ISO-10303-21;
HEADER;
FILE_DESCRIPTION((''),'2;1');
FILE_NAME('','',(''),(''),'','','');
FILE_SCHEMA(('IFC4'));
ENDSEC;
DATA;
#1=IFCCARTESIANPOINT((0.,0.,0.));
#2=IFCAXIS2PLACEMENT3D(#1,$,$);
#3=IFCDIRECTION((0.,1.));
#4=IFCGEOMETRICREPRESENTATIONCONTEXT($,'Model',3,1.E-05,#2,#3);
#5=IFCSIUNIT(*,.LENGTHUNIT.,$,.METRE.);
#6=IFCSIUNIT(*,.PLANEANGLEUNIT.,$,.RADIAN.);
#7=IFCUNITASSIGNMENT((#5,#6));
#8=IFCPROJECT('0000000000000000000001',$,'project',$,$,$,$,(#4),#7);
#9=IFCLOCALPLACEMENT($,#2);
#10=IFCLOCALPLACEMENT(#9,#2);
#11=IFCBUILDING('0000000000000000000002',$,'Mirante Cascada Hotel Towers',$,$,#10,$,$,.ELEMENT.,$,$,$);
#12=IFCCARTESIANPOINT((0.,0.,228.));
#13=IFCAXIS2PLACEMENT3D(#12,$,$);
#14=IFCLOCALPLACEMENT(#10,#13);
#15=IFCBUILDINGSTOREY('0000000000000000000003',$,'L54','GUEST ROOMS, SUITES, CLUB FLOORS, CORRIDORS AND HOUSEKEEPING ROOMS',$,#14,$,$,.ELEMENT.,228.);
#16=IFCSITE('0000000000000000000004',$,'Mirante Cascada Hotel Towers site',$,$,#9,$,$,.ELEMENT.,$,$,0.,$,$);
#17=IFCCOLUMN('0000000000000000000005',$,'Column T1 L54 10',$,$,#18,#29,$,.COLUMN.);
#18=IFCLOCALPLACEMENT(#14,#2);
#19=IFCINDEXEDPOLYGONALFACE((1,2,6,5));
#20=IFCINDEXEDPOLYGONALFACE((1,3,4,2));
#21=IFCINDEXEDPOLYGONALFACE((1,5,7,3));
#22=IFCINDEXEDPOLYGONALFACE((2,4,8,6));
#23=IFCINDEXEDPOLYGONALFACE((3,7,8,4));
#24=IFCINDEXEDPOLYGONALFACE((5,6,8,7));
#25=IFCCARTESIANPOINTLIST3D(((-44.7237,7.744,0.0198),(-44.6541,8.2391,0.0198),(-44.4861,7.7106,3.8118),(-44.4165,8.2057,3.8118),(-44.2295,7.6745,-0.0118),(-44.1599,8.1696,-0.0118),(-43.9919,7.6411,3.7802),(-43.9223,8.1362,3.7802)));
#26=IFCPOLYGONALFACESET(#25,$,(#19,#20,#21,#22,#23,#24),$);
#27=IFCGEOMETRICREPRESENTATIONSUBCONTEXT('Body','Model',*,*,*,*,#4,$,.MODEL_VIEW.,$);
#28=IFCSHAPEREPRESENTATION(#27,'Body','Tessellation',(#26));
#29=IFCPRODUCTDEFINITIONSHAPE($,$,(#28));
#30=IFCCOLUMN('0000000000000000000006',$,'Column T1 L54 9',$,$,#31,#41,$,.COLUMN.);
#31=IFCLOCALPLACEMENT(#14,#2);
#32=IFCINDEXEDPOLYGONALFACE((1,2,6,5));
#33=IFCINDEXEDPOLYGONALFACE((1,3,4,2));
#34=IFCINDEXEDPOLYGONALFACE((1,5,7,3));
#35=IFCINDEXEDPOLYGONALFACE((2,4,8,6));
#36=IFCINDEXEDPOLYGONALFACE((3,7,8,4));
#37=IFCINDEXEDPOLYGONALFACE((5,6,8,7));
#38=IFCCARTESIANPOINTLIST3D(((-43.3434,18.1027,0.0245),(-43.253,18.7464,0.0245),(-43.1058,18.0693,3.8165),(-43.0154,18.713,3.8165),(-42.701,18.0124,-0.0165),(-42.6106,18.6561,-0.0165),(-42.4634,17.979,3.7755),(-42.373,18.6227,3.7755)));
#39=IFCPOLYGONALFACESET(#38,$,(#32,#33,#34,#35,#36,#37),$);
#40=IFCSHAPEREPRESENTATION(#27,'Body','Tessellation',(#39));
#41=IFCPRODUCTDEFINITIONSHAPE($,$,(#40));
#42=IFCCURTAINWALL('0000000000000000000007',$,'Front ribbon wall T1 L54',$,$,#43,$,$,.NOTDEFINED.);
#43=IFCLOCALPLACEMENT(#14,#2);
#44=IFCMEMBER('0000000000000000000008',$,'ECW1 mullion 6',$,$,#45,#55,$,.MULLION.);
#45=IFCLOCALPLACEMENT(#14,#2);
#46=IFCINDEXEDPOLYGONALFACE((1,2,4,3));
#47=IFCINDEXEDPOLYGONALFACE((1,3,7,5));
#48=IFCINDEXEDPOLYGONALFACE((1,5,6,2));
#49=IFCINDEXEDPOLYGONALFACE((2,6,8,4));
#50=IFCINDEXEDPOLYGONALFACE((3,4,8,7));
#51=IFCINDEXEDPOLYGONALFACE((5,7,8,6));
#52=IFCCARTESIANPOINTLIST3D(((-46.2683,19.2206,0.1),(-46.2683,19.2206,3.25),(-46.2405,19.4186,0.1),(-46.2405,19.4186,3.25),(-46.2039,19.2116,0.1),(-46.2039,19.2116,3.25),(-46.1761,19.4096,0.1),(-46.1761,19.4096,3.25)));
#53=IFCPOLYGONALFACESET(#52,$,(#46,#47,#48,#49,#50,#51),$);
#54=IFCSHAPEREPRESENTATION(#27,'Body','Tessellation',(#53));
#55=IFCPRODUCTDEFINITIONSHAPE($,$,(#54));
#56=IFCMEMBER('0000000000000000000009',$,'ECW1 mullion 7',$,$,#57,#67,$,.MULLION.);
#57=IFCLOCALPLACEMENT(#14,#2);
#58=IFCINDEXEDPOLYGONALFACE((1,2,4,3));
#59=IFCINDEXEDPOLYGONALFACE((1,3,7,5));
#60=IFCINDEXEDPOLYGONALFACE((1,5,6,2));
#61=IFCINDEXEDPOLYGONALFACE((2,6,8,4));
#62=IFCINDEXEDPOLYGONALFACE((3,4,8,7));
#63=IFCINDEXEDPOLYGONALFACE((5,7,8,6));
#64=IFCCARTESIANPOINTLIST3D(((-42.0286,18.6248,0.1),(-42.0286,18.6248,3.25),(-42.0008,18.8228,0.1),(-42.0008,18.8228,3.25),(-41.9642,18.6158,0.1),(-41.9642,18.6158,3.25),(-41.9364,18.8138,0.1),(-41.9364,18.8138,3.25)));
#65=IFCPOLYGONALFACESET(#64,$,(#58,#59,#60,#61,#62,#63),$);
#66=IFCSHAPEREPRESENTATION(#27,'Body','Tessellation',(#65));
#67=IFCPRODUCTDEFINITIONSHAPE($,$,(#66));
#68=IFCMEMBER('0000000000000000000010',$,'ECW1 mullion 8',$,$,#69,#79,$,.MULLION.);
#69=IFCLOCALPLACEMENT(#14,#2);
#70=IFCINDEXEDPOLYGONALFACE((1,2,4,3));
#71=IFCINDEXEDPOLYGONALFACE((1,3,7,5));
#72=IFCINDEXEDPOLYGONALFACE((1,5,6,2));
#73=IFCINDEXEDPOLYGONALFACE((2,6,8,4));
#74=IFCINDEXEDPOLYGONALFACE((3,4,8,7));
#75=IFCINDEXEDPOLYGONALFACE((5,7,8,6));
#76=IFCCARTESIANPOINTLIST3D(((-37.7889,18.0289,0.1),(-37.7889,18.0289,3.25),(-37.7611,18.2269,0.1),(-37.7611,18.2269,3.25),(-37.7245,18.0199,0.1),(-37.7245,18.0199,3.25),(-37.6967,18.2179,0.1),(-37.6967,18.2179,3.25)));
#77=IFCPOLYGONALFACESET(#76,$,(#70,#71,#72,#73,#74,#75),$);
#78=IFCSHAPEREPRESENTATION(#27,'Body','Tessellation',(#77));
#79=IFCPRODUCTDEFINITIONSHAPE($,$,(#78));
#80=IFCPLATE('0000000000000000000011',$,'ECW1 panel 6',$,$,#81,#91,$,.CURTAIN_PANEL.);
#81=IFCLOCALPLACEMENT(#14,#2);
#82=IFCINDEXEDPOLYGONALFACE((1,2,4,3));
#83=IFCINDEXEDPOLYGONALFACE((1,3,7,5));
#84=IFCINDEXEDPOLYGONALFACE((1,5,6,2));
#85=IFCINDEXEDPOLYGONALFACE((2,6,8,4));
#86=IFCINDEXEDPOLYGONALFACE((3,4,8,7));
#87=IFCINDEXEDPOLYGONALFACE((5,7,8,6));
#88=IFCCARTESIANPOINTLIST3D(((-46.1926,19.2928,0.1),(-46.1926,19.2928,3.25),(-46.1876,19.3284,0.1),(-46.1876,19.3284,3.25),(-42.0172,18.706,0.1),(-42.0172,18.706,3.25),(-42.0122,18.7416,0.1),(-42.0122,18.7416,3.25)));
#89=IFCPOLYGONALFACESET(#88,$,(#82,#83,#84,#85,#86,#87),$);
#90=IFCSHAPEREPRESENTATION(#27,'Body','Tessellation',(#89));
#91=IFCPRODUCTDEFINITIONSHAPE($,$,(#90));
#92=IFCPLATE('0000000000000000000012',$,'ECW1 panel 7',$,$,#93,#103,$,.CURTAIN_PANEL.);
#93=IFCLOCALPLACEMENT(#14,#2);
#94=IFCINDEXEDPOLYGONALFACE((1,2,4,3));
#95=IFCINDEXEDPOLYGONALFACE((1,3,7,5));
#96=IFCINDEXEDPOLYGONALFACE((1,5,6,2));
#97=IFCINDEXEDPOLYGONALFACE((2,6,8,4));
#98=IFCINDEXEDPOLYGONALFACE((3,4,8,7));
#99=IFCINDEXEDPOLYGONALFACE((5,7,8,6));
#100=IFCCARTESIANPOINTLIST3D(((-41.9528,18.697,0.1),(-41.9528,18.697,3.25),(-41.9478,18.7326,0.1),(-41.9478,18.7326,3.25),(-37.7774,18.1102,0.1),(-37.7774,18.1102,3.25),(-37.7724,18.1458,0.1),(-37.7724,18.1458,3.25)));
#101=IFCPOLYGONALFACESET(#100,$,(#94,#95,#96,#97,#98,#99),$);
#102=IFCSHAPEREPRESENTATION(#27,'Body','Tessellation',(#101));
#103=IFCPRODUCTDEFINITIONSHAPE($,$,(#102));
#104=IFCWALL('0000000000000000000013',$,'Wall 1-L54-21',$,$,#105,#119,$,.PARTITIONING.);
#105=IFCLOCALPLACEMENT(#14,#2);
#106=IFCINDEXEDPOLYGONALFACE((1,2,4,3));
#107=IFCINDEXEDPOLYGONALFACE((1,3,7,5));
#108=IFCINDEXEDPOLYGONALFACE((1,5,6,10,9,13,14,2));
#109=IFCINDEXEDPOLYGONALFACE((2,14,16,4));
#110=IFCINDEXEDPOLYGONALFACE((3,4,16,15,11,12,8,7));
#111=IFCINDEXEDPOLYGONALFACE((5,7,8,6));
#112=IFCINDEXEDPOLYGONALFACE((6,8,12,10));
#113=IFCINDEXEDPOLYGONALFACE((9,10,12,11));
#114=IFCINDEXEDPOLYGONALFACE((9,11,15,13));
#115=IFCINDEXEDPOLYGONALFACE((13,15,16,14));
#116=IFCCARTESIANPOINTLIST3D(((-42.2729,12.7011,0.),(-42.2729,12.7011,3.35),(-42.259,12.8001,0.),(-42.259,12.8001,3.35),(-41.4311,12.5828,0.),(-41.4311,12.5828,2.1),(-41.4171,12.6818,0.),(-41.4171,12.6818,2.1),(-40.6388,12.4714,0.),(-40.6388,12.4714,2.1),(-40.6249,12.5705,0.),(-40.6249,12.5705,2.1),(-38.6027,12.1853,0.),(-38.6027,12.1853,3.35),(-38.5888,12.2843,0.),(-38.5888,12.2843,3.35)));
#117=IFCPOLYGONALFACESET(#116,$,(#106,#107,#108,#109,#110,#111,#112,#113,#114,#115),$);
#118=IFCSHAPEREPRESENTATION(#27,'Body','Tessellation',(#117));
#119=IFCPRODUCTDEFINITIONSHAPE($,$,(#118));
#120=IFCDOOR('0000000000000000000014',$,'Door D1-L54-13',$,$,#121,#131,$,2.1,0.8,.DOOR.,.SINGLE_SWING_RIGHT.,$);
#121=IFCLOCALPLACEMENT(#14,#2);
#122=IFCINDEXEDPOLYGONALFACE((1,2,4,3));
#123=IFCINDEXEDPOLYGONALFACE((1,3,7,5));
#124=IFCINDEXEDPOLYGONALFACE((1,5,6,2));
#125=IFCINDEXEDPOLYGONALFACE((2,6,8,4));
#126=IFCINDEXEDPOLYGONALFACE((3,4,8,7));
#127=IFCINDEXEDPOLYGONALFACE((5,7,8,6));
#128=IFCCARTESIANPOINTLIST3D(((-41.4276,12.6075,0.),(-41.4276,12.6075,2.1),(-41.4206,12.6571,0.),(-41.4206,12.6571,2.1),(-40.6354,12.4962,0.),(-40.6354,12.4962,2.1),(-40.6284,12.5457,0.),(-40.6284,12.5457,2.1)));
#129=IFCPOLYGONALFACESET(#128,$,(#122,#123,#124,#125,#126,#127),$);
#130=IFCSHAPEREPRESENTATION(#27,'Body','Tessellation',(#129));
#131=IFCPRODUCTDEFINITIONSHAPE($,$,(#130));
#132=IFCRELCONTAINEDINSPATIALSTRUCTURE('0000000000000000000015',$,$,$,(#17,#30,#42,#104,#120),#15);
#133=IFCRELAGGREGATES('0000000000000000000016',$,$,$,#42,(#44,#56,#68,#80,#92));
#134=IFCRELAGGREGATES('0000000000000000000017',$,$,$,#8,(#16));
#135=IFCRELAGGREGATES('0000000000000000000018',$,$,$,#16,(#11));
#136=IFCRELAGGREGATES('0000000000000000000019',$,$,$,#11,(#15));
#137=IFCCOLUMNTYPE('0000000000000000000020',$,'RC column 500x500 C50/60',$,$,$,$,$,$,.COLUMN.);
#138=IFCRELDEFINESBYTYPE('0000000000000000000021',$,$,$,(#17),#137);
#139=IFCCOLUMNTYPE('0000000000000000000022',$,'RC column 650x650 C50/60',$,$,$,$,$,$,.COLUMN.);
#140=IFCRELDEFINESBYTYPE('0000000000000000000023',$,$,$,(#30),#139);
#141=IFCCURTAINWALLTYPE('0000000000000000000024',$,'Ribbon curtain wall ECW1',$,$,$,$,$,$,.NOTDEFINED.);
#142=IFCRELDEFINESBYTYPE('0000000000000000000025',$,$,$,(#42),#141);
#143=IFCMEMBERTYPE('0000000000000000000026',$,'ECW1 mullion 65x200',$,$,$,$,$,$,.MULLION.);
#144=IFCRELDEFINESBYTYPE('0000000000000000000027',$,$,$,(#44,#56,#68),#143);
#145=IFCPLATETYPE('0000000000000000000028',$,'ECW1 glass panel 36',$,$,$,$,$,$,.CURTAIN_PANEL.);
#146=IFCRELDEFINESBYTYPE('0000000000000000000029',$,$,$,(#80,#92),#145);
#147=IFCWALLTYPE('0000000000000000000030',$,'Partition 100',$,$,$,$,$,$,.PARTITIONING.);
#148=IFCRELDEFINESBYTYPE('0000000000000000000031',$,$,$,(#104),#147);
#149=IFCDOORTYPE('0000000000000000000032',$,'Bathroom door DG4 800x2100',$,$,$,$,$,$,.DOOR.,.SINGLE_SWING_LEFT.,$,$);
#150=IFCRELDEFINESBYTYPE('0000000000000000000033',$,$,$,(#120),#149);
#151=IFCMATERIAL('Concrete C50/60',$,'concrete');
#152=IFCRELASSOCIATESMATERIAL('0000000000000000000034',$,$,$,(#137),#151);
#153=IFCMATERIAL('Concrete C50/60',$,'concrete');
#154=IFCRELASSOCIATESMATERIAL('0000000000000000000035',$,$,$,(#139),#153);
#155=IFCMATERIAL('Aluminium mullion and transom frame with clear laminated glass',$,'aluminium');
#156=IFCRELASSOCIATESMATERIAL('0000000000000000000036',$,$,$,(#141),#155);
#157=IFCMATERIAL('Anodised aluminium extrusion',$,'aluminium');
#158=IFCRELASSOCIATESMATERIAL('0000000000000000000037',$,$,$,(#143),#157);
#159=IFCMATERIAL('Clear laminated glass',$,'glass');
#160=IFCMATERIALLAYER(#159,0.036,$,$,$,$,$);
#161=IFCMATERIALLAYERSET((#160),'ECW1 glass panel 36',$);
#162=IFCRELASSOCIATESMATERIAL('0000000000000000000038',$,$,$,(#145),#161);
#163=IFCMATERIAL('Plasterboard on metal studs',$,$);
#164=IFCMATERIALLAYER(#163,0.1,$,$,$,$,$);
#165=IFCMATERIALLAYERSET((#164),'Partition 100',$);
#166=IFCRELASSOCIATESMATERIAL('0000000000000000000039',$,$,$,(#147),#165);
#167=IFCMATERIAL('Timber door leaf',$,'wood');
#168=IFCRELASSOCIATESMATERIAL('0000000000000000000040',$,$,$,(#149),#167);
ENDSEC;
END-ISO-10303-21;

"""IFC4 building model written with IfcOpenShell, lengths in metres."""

from ifc_helpers import new_model, si_unit, direction, frame, frame_2d, origin, origin_2d, place, context, subcontext, project, spatial, rectangle, extrude, material, layer, layer_set, material_profile, profile_set, type_object, element, fill, aggregate, save


model = new_model("IFC4")

# Units and contexts
model_context = context("Model", 3, precision=1e-05, world=origin(), true_north=direction((0.0, 1.0)))
body_context = subcontext(model_context, "Body", "Model", "MODEL_VIEW")
ifc_project = project(units=[si_unit("LENGTHUNIT", "METRE"), si_unit("PLANEANGLEUNIT", "RADIAN")], contexts=[model_context])

# Site, building, storey
site_placement = place(None, origin())
site = spatial("IfcSite", under=ifc_project, at=site_placement, Name="Mirante Cascada Hotel Towers site", CompositionType="ELEMENT", RefElevation=0.0)
building_placement = place(site_placement, origin())
building = spatial("IfcBuilding", under=site, at=building_placement, Name="Mirante Cascada Hotel Towers", CompositionType="ELEMENT")
storey_placement = place(building_placement, frame((0.0, 0.0, 228.0)))
storey = spatial("IfcBuildingStorey", under=building, at=storey_placement, Name="L54", Description="GUEST ROOMS, SUITES, CLUB FLOORS, CORRIDORS AND HOUSEKEEPING ROOMS", CompositionType="ELEMENT", Elevation=228.0)

# Columns
ifc_material_1 = material(Name="Concrete C50/60", Category="concrete")
ifc_material_profile_1 = material_profile(ifc_material_1, rectangle(XDim=0.5, YDim=0.5, at=origin_2d()), Name="RC column 500x500 C50/60")
ifc_profile_set_1 = profile_set([ifc_material_profile_1], Name="Concrete C50/60")
column_type_1 = type_object("IfcColumnType", Name="RC column 500x500 C50/60", PredefinedType="COLUMN", material=ifc_profile_set_1)
column_1_placement = place(storey_placement, frame((-44.4418, 7.9568, 0.004), z_axis=(0.062533, -0.00879, 0.998004), x_axis=(0.139204, 0.990264, 0.0)))
element("IfcColumn", 1, at=column_1_placement, inside=storey, type_object=column_type_1, Name="Column T1 L54 10", PredefinedType="COLUMN", context=body_context, shape_type="SweptSolid", body=[
    extrude(rectangle(XDim=0.5, YDim=0.5, at=origin_2d()), origin(), (0.0, 0.0, 1.0), 3.7996),
])
ifc_material_2 = material(Name="Concrete C50/60", Category="concrete")
ifc_material_profile_2 = material_profile(ifc_material_2, rectangle(XDim=0.65, YDim=0.65, at=origin_2d()), Name="RC column 650x650 C50/60")
ifc_profile_set_2 = profile_set([ifc_material_profile_2], Name="Concrete C50/60")
column_type_2 = type_object("IfcColumnType", Name="RC column 650x650 C50/60", PredefinedType="COLUMN", material=ifc_profile_set_2)
column_2_placement = place(storey_placement, frame((-42.977, 18.3794, 0.004), z_axis=(0.062533, -0.00879, 0.998004), x_axis=(0.139204, 0.990264, 0.0)))
element("IfcColumn", 2, at=column_2_placement, inside=storey, type_object=column_type_2, Name="Column T1 L54 9", PredefinedType="COLUMN", context=body_context, shape_type="SweptSolid", body=[
    extrude(rectangle(XDim=0.65, YDim=0.65, at=origin_2d()), origin(), (0.0, 0.0, 1.0), 3.7996),
])

# Curtain wall, members, plates
ifc_material_3 = material(Name="Aluminium mullion and transom frame with clear laminated glass", Category="aluminium")
curtain_wall_type = type_object("IfcCurtainWallType", Name="Ribbon curtain wall ECW1", PredefinedType="NOTDEFINED", material=ifc_material_3)
curtain_wall_placement = place(storey_placement, origin())
curtain_wall = element("IfcCurtainWall", 3, at=curtain_wall_placement, inside=storey, type_object=curtain_wall_type, Name="Front ribbon wall T1 L54", PredefinedType="NOTDEFINED")
ifc_material_4 = material(Name="Anodised aluminium extrusion", Category="aluminium")
ifc_material_profile_3 = material_profile(ifc_material_4, rectangle(XDim=0.2, YDim=0.065, at=origin_2d()), Name="ECW1 MULLION 65x200")
ifc_profile_set_3 = profile_set([ifc_material_profile_3], Name="Anodised aluminium extrusion")
member_type = type_object("IfcMemberType", Name="ECW1 mullion 65x200", PredefinedType="MULLION", material=ifc_profile_set_3)
member_1_placement = place(storey_placement, frame((-46.2222, 19.3151, 0.1), z_axis=(0.0, 0.0, 1.0), x_axis=(0.139173, 0.990268, 0.0)))
member_1 = element("IfcMember", 4, at=member_1_placement, type_object=member_type, Name="ECW1 mullion 6", PredefinedType="MULLION", context=body_context, shape_type="SweptSolid", body=[
    extrude(rectangle(XDim=0.2, YDim=0.065, at=origin_2d()), origin(), (0.0, 0.0, 1.0), 3.15),
])
member_2_placement = place(storey_placement, frame((-41.9825, 18.7193, 0.1), z_axis=(0.0, 0.0, 1.0), x_axis=(0.139173, 0.990268, 0.0)))
member_2 = element("IfcMember", 5, at=member_2_placement, type_object=member_type, Name="ECW1 mullion 7", PredefinedType="MULLION", context=body_context, shape_type="SweptSolid", body=[
    extrude(rectangle(XDim=0.2, YDim=0.065, at=origin_2d()), origin(), (0.0, 0.0, 1.0), 3.15),
])
member_3_placement = place(storey_placement, frame((-37.7428, 18.1234, 0.1), z_axis=(0.0, 0.0, 1.0), x_axis=(0.139173, 0.990268, 0.0)))
member_3 = element("IfcMember", 6, at=member_3_placement, type_object=member_type, Name="ECW1 mullion 8", PredefinedType="MULLION", context=body_context, shape_type="SweptSolid", body=[
    extrude(rectangle(XDim=0.2, YDim=0.065, at=origin_2d()), origin(), (0.0, 0.0, 1.0), 3.15),
])
ifc_material_5 = material(Name="Clear laminated glass", Category="glass")
ifc_layer_1 = layer(ifc_material_5, 0.036)
ifc_layer_set_1 = layer_set([ifc_layer_1], Name="ECW1 glass panel 36")
plate_type = type_object("IfcPlateType", Name="ECW1 glass panel 36", PredefinedType="CURTAIN_PANEL", material=ifc_layer_set_1)
plate_1_placement = place(storey_placement, frame((-44.1024, 19.0172, 0.1), z_axis=(0.0, 0.0, 1.0), x_axis=(0.990268, -0.139173, 0.0)))
plate_1 = element("IfcPlate", 7, at=plate_1_placement, type_object=plate_type, Name="ECW1 panel 6", PredefinedType="CURTAIN_PANEL", context=body_context, shape_type="SweptSolid", body=[
    extrude(rectangle(XDim=4.2164, YDim=0.036, at=origin_2d()), origin(), (0.0, 0.0, 1.0), 3.15),
])
plate_2_placement = place(storey_placement, frame((-39.8626, 18.4214, 0.1), z_axis=(0.0, 0.0, 1.0), x_axis=(0.990268, -0.139173, 0.0)))
plate_2 = element("IfcPlate", 8, at=plate_2_placement, type_object=plate_type, Name="ECW1 panel 7", PredefinedType="CURTAIN_PANEL", context=body_context, shape_type="SweptSolid", body=[
    extrude(rectangle(XDim=4.2164, YDim=0.036, at=origin_2d()), origin(), (0.0, 0.0, 1.0), 3.15),
])
aggregate(curtain_wall, [member_1, member_2, member_3, plate_1, plate_2])

# Wall, opening, door
ifc_material_6 = material(Name="Plasterboard on metal studs")
ifc_layer_2 = layer(ifc_material_6, 0.1)
ifc_layer_set_2 = layer_set([ifc_layer_2], Name="Partition 100")
wall_type = type_object("IfcWallType", Name="Partition 100", PredefinedType="PARTITIONING", material=ifc_layer_set_2)
wall_1_placement = place(storey_placement, frame((-38.5957, 12.2348, 0.0), z_axis=(0.0, 0.0, 1.0), x_axis=(-0.990269, 0.13917, 0.0)))
wall_1 = element("IfcWall", 9, at=wall_1_placement, inside=storey, type_object=wall_type, Name="Wall 1-L54-21", PredefinedType="PARTITIONING", context=body_context, shape_type="SweptSolid", body=[
    extrude(rectangle(XDim=3.7063, YDim=0.1, at=frame_2d((1.8532, 0.0))), origin(), (0.0, 0.0, 1.0), 3.35),
])
opening_1_placement = place(wall_1_placement, frame((2.0562, 0.0, 0.0)))
opening_1 = element("IfcOpeningElement", 10, at=opening_1_placement, cuts=wall_1, PredefinedType="OPENING", context=body_context, shape_type="SweptSolid", body=[
    extrude(rectangle(XDim=0.8, YDim=2.1, at=frame_2d((0.4, 1.05))), frame((0.0, 0.05, 0.0), z_axis=(0.0, -1.0, 0.0), x_axis=(1.0, 0.0, 0.0)), (0.0, 0.0, 1.0), 0.1),
])
ifc_material_7 = material(Name="Timber door leaf", Category="wood")
door_type_1 = type_object("IfcDoorType", Name="Bathroom door DG4 800x2100", OperationType="SINGLE_SWING_LEFT", PredefinedType="DOOR", material=ifc_material_7)
door_1_placement = place(opening_1_placement, frame((0.8, 0.0, 0.0), z_axis=(0.0, 0.0, 1.0), x_axis=(-1.0, 0.0, 0.0)))
door_1 = element("IfcDoor", 11, at=door_1_placement, inside=storey, type_object=door_type_1, Name="Door D1-L54-13", OperationType="SINGLE_SWING_RIGHT", OverallHeight=2.1, OverallWidth=0.8, PredefinedType="DOOR", context=body_context, shape_type="SweptSolid", body=[
    extrude(rectangle(XDim=0.8, YDim=2.1, at=frame_2d((0.4, 1.05))), frame((0.0, 0.025, 0.0), z_axis=(0.0, -1.0, 0.0), x_axis=(1.0, 0.0, 0.0)), (0.0, 0.0, 1.0), 0.05),
])
fill(opening_1, door_1)

save(model, "model.ifc")
